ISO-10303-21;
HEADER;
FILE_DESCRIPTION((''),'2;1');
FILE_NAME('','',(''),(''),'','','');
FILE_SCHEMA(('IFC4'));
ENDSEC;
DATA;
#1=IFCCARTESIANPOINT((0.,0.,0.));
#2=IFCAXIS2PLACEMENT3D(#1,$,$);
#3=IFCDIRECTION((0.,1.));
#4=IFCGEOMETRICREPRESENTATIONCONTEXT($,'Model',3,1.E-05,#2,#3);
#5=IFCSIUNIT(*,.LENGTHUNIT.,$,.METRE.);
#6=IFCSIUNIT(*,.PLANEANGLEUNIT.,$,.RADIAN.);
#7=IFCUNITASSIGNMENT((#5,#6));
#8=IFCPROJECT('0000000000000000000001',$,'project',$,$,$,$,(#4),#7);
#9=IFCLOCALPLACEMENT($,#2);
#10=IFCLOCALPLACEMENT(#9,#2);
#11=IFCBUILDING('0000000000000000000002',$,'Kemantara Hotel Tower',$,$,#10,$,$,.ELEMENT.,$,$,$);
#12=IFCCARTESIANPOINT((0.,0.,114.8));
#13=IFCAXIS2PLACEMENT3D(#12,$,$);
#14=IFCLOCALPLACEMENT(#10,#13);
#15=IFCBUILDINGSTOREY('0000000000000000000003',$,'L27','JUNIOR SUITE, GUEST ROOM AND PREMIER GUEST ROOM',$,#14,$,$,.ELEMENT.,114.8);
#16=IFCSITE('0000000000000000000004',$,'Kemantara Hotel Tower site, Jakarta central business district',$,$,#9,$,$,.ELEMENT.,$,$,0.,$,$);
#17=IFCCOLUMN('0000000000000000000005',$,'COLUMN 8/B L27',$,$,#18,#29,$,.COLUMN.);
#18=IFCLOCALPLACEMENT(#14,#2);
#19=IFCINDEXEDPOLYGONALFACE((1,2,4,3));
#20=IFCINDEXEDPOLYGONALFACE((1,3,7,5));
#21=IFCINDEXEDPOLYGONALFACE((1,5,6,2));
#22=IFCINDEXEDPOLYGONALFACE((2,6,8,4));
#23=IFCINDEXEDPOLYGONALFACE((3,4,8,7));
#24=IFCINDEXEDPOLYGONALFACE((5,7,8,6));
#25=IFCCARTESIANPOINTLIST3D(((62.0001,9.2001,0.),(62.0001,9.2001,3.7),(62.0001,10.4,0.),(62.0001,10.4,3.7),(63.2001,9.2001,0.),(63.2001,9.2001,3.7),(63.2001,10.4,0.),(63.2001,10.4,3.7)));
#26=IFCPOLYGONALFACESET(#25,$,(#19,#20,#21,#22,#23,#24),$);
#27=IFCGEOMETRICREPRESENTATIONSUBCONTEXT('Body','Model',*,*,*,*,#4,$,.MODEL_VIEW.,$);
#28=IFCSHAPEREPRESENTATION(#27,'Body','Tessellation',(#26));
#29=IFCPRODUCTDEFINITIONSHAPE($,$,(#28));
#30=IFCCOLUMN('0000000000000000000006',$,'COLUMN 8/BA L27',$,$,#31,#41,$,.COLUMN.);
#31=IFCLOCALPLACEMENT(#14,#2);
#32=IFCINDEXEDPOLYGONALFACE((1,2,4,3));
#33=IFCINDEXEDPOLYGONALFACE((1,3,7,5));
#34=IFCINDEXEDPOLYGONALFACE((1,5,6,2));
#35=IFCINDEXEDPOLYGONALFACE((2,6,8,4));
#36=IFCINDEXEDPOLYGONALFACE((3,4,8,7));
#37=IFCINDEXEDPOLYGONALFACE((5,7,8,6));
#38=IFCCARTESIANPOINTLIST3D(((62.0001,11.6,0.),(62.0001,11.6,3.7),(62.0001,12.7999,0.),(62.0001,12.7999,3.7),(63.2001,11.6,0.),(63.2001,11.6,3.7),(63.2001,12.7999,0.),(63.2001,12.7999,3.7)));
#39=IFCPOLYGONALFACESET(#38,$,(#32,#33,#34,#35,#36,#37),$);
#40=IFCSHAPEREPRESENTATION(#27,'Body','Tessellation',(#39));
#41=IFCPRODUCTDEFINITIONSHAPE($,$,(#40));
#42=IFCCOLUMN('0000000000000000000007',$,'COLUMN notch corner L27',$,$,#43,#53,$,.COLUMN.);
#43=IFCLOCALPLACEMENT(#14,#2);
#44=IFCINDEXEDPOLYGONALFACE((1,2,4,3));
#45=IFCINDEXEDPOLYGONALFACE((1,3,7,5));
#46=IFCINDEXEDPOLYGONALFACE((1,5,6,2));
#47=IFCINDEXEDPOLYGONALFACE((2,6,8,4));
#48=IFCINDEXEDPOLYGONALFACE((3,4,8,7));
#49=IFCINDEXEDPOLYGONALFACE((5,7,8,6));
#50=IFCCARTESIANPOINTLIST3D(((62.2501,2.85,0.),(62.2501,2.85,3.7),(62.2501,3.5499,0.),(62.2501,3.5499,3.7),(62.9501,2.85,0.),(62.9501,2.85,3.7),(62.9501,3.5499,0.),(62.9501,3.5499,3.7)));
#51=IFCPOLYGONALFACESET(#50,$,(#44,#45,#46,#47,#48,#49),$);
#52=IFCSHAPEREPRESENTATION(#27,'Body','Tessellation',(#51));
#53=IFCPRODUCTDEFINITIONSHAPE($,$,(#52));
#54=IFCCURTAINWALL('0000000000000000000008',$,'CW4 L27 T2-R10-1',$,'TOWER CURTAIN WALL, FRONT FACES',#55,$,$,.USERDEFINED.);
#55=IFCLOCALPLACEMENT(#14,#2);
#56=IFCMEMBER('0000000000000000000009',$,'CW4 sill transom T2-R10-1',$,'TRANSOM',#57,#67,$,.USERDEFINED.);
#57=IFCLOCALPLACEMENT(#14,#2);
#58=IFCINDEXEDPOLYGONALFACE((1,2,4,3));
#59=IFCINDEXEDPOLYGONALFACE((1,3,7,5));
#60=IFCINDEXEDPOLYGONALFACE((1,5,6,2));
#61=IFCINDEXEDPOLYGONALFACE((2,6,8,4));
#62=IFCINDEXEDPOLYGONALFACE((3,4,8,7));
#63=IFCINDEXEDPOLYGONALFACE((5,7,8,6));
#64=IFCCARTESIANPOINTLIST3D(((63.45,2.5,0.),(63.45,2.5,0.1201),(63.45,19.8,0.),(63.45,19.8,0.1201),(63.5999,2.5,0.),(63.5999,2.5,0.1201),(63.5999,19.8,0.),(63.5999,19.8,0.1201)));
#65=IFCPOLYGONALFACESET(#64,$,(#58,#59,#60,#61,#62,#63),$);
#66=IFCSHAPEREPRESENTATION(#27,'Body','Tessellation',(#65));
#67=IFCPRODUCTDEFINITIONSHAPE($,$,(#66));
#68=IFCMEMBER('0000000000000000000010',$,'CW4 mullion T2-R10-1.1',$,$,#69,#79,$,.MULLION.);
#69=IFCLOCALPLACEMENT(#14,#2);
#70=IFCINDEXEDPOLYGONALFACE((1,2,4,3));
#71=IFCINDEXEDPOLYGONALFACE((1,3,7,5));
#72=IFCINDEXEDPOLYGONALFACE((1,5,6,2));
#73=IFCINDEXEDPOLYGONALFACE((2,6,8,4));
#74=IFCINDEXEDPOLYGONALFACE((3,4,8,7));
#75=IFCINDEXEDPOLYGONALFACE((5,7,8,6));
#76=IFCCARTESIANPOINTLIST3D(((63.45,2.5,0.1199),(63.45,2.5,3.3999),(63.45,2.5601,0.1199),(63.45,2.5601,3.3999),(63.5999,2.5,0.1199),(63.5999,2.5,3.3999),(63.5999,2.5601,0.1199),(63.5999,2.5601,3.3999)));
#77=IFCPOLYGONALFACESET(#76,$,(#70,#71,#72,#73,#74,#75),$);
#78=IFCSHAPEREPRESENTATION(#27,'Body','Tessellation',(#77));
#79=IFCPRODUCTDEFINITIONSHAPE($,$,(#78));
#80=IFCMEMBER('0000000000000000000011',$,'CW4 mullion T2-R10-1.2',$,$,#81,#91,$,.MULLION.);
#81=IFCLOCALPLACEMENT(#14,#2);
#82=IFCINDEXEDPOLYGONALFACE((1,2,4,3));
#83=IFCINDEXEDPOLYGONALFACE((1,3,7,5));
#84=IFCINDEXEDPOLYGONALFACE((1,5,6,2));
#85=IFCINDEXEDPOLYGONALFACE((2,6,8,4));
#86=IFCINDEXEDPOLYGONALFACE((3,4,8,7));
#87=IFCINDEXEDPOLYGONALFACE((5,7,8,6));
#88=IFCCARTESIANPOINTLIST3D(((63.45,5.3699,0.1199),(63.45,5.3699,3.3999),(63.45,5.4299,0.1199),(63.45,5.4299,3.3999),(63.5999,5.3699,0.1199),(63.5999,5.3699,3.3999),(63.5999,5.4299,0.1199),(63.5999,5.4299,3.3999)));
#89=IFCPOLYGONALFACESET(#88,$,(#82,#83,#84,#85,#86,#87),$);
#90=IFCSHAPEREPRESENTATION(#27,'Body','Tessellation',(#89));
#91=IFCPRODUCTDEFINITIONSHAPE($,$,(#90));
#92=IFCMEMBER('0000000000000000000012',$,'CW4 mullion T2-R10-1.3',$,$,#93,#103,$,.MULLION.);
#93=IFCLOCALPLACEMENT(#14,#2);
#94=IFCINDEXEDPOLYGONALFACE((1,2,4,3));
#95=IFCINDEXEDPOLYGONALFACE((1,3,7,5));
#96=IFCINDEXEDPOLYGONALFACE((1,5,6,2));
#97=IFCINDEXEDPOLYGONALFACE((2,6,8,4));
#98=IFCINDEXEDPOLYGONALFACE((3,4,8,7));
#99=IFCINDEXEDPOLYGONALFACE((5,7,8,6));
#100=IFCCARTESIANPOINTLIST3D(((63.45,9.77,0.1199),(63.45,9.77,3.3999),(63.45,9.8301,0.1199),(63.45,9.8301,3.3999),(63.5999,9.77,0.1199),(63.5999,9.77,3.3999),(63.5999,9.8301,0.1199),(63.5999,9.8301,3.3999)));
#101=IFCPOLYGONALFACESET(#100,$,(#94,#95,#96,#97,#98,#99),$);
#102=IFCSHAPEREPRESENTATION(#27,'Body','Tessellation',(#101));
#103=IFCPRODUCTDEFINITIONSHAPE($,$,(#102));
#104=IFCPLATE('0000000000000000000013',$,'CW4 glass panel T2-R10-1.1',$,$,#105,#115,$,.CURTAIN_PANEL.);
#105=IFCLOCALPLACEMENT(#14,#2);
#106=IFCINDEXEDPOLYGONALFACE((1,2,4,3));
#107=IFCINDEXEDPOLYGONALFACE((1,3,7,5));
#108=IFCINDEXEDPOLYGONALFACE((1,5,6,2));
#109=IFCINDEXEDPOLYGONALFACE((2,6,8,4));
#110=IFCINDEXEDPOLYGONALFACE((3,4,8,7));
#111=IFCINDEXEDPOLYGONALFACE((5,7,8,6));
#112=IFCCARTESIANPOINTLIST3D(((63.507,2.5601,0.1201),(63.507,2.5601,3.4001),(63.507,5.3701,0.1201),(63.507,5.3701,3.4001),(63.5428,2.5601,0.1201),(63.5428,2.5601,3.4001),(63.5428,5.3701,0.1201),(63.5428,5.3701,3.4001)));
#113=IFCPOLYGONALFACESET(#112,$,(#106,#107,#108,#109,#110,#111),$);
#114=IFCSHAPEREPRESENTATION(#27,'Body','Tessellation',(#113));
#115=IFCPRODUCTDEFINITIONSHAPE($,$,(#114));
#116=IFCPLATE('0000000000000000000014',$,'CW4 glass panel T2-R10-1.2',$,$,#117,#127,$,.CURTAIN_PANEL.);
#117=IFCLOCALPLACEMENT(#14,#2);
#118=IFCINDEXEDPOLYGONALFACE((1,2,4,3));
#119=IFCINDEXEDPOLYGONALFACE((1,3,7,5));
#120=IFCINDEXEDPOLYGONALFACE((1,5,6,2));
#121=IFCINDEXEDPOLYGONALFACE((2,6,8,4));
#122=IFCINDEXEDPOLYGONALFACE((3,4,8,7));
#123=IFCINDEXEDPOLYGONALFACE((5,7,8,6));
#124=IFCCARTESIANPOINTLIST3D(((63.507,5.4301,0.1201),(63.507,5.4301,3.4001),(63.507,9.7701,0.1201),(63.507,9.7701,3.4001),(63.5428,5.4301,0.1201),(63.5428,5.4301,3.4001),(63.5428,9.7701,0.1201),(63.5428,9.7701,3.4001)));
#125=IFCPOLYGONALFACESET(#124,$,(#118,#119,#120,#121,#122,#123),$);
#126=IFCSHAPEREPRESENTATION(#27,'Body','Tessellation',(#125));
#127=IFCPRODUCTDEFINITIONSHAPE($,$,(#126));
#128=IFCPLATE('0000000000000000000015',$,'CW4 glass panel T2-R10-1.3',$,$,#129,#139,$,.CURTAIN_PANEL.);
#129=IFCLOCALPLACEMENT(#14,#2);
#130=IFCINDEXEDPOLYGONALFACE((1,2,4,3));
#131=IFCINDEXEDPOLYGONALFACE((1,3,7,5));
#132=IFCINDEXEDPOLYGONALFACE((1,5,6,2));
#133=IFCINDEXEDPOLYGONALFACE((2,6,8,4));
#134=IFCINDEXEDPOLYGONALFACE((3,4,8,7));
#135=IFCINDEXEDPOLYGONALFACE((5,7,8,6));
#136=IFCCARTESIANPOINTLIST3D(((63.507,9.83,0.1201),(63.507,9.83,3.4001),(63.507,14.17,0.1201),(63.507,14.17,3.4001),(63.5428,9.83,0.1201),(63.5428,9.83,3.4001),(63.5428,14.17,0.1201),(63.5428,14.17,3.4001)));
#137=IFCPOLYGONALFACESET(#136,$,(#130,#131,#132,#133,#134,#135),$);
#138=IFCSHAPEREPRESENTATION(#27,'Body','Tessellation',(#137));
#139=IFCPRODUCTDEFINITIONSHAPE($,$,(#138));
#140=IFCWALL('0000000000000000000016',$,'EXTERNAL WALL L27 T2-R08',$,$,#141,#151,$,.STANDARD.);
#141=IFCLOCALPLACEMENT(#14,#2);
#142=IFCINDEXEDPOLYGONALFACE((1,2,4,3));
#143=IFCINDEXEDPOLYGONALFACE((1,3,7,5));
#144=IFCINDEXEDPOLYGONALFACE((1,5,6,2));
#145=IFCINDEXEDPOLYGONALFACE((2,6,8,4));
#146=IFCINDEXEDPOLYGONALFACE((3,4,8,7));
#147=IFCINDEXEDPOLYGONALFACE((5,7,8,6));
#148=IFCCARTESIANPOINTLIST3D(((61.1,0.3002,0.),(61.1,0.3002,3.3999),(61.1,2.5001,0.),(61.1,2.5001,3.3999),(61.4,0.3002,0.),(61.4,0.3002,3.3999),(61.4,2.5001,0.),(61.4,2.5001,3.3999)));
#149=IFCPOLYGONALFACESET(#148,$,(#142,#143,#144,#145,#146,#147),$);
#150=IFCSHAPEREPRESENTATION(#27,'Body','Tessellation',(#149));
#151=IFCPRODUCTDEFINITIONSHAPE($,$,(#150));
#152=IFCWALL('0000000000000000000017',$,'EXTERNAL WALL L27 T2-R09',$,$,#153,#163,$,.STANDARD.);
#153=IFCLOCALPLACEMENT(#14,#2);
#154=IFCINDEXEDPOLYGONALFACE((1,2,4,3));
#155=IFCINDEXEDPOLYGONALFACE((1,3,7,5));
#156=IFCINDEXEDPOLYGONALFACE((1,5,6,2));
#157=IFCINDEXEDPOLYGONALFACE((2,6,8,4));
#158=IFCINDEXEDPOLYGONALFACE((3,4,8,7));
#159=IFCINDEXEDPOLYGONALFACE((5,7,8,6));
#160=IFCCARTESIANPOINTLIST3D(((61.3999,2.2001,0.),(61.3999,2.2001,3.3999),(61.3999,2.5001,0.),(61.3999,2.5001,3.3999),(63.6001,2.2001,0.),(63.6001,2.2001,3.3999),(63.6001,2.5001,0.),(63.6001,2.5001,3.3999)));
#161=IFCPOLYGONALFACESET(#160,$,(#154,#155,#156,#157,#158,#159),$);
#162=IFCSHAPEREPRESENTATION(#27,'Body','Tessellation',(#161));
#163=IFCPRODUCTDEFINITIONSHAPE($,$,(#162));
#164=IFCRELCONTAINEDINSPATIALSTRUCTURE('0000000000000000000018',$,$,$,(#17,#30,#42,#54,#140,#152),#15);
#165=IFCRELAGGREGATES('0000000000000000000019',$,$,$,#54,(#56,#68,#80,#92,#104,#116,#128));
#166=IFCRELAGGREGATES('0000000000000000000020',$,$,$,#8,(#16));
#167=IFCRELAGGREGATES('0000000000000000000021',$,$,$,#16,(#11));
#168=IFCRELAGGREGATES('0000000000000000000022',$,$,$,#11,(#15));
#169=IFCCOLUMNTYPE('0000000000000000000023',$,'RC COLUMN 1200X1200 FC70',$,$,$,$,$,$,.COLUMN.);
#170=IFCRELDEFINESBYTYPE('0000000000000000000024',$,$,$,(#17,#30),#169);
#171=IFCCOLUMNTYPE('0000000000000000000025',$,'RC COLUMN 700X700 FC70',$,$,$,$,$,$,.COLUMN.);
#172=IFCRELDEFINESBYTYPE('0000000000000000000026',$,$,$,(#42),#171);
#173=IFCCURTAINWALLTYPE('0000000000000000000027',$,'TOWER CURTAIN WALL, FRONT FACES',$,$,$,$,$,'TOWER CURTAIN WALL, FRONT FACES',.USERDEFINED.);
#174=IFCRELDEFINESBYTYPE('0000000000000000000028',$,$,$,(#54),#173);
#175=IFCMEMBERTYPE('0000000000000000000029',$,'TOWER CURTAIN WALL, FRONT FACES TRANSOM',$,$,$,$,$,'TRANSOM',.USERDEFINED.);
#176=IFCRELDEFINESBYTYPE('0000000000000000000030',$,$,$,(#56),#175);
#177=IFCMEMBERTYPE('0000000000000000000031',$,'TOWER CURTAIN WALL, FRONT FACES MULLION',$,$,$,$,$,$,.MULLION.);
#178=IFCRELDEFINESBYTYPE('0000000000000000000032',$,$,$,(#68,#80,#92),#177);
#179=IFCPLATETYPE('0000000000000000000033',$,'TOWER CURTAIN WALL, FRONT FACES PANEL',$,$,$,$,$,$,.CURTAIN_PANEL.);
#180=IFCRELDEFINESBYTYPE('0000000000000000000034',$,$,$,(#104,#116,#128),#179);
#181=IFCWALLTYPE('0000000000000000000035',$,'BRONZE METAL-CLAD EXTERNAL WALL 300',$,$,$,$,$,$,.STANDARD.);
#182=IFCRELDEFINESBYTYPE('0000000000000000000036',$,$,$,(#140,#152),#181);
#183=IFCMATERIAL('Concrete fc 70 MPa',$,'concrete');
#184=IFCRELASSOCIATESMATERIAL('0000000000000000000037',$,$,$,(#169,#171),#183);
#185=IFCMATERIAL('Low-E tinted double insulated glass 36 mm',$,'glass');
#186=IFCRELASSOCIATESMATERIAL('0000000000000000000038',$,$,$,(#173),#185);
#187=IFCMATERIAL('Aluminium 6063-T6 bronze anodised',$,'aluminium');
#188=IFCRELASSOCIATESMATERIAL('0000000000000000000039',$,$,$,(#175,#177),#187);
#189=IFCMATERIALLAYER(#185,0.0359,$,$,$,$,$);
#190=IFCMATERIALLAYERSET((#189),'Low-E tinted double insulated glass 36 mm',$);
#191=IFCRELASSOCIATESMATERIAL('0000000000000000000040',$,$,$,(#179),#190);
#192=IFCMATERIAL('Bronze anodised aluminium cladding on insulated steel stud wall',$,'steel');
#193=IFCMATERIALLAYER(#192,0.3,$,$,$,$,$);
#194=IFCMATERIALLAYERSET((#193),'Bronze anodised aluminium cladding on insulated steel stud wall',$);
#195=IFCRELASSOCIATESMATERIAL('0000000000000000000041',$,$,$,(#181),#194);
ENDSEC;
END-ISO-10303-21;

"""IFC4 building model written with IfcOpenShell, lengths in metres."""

from ifc_helpers import new_model, si_unit, direction, frame, frame_2d, origin, origin_2d, place, context, subcontext, project, spatial, rectangle, extrude, source, transform, mapped, material, layer, layer_set, material_profile, profile_set, type_object, element, aggregate, save


model = new_model("IFC4")

# Units and contexts
model_context = context("Model", 3, precision=1e-05, world=origin(), true_north=direction((0.0, 1.0)))
body_context = subcontext(model_context, "Body", "Model", "MODEL_VIEW")
ifc_project = project(units=[si_unit("LENGTHUNIT", "METRE"), si_unit("PLANEANGLEUNIT", "RADIAN")], contexts=[model_context])

# Site, building, storey
site_placement = place(None, origin())
site = spatial("IfcSite", under=ifc_project, at=site_placement, Name="Kemantara Hotel Tower site, Jakarta central business district", CompositionType="ELEMENT", RefElevation=0.0)
building_placement = place(site_placement, origin())
building = spatial("IfcBuilding", under=site, at=building_placement, Name="Kemantara Hotel Tower", CompositionType="ELEMENT")
storey_placement = place(building_placement, frame((0.0, 0.0, 114.8)))
storey = spatial("IfcBuildingStorey", under=building, at=storey_placement, Name="L27", Description="JUNIOR SUITE, GUEST ROOM AND PREMIER GUEST ROOM", CompositionType="ELEMENT", Elevation=114.8)

# Columns
ifc_material_1 = material(Name="Concrete fc 70 MPa", Category="concrete")
ifc_material_profile_1 = material_profile(ifc_material_1, rectangle(XDim=1.2, YDim=1.2, at=origin_2d()), Name="RC 1200X1200")
ifc_profile_set_1 = profile_set([ifc_material_profile_1], Name="Concrete fc 70 MPa")
column_type_1 = type_object("IfcColumnType", Name="RC COLUMN 1200X1200 FC70", PredefinedType="COLUMN", material=ifc_profile_set_1)
for number, where, z_axis, x_axis, name in (
    (1, (62.6001, 9.8, 0.0), (0.0, 0.0, 1.0), (1.0, 0.0, 0.0), "COLUMN 8/B L27"),
    (2, (62.6001, 12.2, 0.0), (0.0, 0.0, 1.0), (1.0, 0.0, 0.0), "COLUMN 8/BA L27"),
):
    element("IfcColumn", number, at=place(storey_placement, frame(where, z_axis=z_axis, x_axis=x_axis)), inside=storey, type_object=column_type_1, Name=name, PredefinedType="COLUMN", context=body_context, shape_type="SweptSolid", body=[
        extrude(rectangle(XDim=1.2, YDim=1.2, at=origin_2d()), origin(), (0.0, 0.0, 1.0), 3.7),
    ])
ifc_material_profile_2 = material_profile(ifc_material_1, rectangle(XDim=0.7, YDim=0.7, at=origin_2d()), Name="RC 700X700")
ifc_profile_set_2 = profile_set([ifc_material_profile_2], Name="Concrete fc 70 MPa")
column_type_2 = type_object("IfcColumnType", Name="RC COLUMN 700X700 FC70", PredefinedType="COLUMN", material=ifc_profile_set_2)
column_placement = place(storey_placement, frame((62.6001, 3.2, 0.0), z_axis=(0.0, 0.0, 1.0), x_axis=(1.0, 0.0, 0.0)))
element("IfcColumn", 3, at=column_placement, inside=storey, type_object=column_type_2, Name="COLUMN notch corner L27", PredefinedType="COLUMN", context=body_context, shape_type="SweptSolid", body=[
    extrude(rectangle(XDim=0.7, YDim=0.7, at=origin_2d()), origin(), (0.0, 0.0, 1.0), 3.7),
])

# Curtain wall, members, plates
ifc_material_2 = material(Name="Low-E tinted double insulated glass 36 mm", Category="glass")
curtain_wall_type = type_object("IfcCurtainWallType", Name="TOWER CURTAIN WALL, FRONT FACES", ElementType="TOWER CURTAIN WALL, FRONT FACES", PredefinedType="USERDEFINED", material=ifc_material_2)
curtain_wall_placement = place(storey_placement, origin())
curtain_wall = element("IfcCurtainWall", 4, at=curtain_wall_placement, inside=storey, type_object=curtain_wall_type, Name="CW4 L27 T2-R10-1", ObjectType="TOWER CURTAIN WALL, FRONT FACES", PredefinedType="USERDEFINED")
ifc_material_3 = material(Name="Aluminium 6063-T6 bronze anodised", Category="aluminium")
ifc_material_profile_3 = material_profile(ifc_material_3, rectangle(XDim=0.1499, YDim=0.1201, at=origin_2d()), Name="TOWER CURTAIN WALL, FRONT FACES TRANSOM")
ifc_profile_set_3 = profile_set([ifc_material_profile_3], Name="Aluminium 6063-T6 bronze anodised")
member_type_1 = type_object("IfcMemberType", Name="TOWER CURTAIN WALL, FRONT FACES TRANSOM", ElementType="TRANSOM", PredefinedType="USERDEFINED", material=ifc_profile_set_3)
member_1_placement = place(storey_placement, frame((63.5249, 2.5, 0.0601), z_axis=(0.0, 1.0, 0.0), x_axis=(-1.0, 0.0, 0.0)))
member_1 = element("IfcMember", 5, at=member_1_placement, type_object=member_type_1, Name="CW4 sill transom T2-R10-1", ObjectType="TRANSOM", PredefinedType="USERDEFINED", context=body_context, shape_type="SweptSolid", body=[
    extrude(rectangle(XDim=0.1499, YDim=0.1201, at=origin_2d()), origin(), (0.0, 0.0, 1.0), 17.3),
])
ifc_material_profile_4 = material_profile(ifc_material_3, rectangle(XDim=0.1499, YDim=0.0601, at=origin_2d()), Name="TOWER CURTAIN WALL, FRONT FACES MULLION")
ifc_profile_set_4 = profile_set([ifc_material_profile_4], Name="Aluminium 6063-T6 bronze anodised")
member_type_2 = type_object("IfcMemberType", Name="TOWER CURTAIN WALL, FRONT FACES MULLION", PredefinedType="MULLION", material=ifc_profile_set_4)
shared_shape_1 = source(origin(), body_context, "Body", "SweptSolid", [
    extrude(rectangle(XDim=0.1499, YDim=0.0601, at=origin_2d()), origin(), (0.0, 0.0, 1.0), 3.28),
])
member_2_placement = place(storey_placement, frame((63.5249, 2.53, 0.1199), z_axis=(0.0, 0.0, 1.0), x_axis=(-1.0, 0.0, 0.0)))
member_2 = element("IfcMember", 6, at=member_2_placement, type_object=member_type_2, Name="CW4 mullion T2-R10-1.1", PredefinedType="MULLION", context=body_context, shape_type="MappedRepresentation", body=[
    mapped(shared_shape_1, transform((0.0, 0.0, 0.0))),
])
member_3_placement = place(storey_placement, frame((63.5249, 5.3999, 0.1199), z_axis=(0.0, 0.0, 1.0), x_axis=(-1.0, 0.0, 0.0)))
member_3 = element("IfcMember", 7, at=member_3_placement, type_object=member_type_2, Name="CW4 mullion T2-R10-1.2", PredefinedType="MULLION", context=body_context, shape_type="MappedRepresentation", body=[
    mapped(shared_shape_1, transform((0.0, 0.0, 0.0))),
])
member_4_placement = place(storey_placement, frame((63.5249, 9.8, 0.1199), z_axis=(0.0, 0.0, 1.0), x_axis=(-1.0, 0.0, 0.0)))
member_4 = element("IfcMember", 8, at=member_4_placement, type_object=member_type_2, Name="CW4 mullion T2-R10-1.3", PredefinedType="MULLION", context=body_context, shape_type="MappedRepresentation", body=[
    mapped(shared_shape_1, transform((0.0, 0.0, 0.0))),
])
ifc_layer_1 = layer(ifc_material_2, 0.0359)
ifc_layer_set_1 = layer_set([ifc_layer_1], Name="Low-E tinted double insulated glass 36 mm")
plate_type = type_object("IfcPlateType", Name="TOWER CURTAIN WALL, FRONT FACES PANEL", PredefinedType="CURTAIN_PANEL", material=ifc_layer_set_1)
shared_shape_2 = source(origin(), body_context, "Body", "SweptSolid", [
    extrude(rectangle(XDim=2.8101, YDim=0.0359, at=origin_2d()), origin(), (0.0, 0.0, 1.0), 3.28),
])
plate_1_placement = place(storey_placement, frame((63.5249, 3.9651, 0.1201), z_axis=(0.0, 0.0, 1.0), x_axis=(0.0, 1.0, 0.0)))
plate_1 = element("IfcPlate", 9, at=plate_1_placement, type_object=plate_type, Name="CW4 glass panel T2-R10-1.1", PredefinedType="CURTAIN_PANEL", context=body_context, shape_type="MappedRepresentation", body=[
    mapped(shared_shape_2, transform((0.0, 0.0, 0.0))),
])
shared_shape_3 = source(origin(), body_context, "Body", "SweptSolid", [
    extrude(rectangle(XDim=4.3401, YDim=0.0359, at=origin_2d()), origin(), (0.0, 0.0, 1.0), 3.28),
])
plate_2_placement = place(storey_placement, frame((63.5249, 7.6001, 0.1201), z_axis=(0.0, 0.0, 1.0), x_axis=(0.0, 1.0, 0.0)))
plate_2 = element("IfcPlate", 10, at=plate_2_placement, type_object=plate_type, Name="CW4 glass panel T2-R10-1.2", PredefinedType="CURTAIN_PANEL", context=body_context, shape_type="MappedRepresentation", body=[
    mapped(shared_shape_3, transform((0.0, 0.0, 0.0))),
])
plate_3_placement = place(storey_placement, frame((63.5249, 12.0, 0.1201), z_axis=(0.0, 0.0, 1.0), x_axis=(0.0, 1.0, 0.0)))
plate_3 = element("IfcPlate", 11, at=plate_3_placement, type_object=plate_type, Name="CW4 glass panel T2-R10-1.3", PredefinedType="CURTAIN_PANEL", context=body_context, shape_type="MappedRepresentation", body=[
    mapped(shared_shape_3, transform((0.0, 0.0, 0.0))),
])
aggregate(curtain_wall, [member_1, member_2, member_3, member_4, plate_1, plate_2, plate_3])

# Walls
ifc_material_4 = material(Name="Bronze anodised aluminium cladding on insulated steel stud wall", Category="steel")
ifc_layer_2 = layer(ifc_material_4, 0.3)
ifc_layer_set_2 = layer_set([ifc_layer_2], Name="Bronze anodised aluminium cladding on insulated steel stud wall")
wall_type_1 = type_object("IfcWallType", Name="BRONZE METAL-CLAD EXTERNAL WALL 300", PredefinedType="STANDARD", material=ifc_layer_set_2)
wall_1_placement = place(storey_placement, frame((61.25, 0.3, 0.0), z_axis=(0.0, 0.0, 1.0), x_axis=(0.0, 1.0, 0.0)))
element("IfcWall", 12, at=wall_1_placement, inside=storey, type_object=wall_type_1, Name="EXTERNAL WALL L27 T2-R08", PredefinedType="STANDARD", context=body_context, shape_type="SweptSolid", body=[
    extrude(rectangle(XDim=2.2, YDim=0.3, at=frame_2d((1.1001, 0.0))), origin(), (0.0, 0.0, 1.0), 3.3999),
])
wall_2_placement = place(storey_placement, frame((61.3999, 2.3501, 0.0), z_axis=(0.0, 0.0, 1.0), x_axis=(1.0, 0.0, 0.0)))
element("IfcWall", 13, at=wall_2_placement, inside=storey, type_object=wall_type_1, Name="EXTERNAL WALL L27 T2-R09", PredefinedType="STANDARD", context=body_context, shape_type="SweptSolid", body=[
    extrude(rectangle(XDim=2.2002, YDim=0.3, at=frame_2d((1.1001, 0.0))), origin(), (0.0, 0.0, 1.0), 3.3999),
])

save(model, "model.ifc")
